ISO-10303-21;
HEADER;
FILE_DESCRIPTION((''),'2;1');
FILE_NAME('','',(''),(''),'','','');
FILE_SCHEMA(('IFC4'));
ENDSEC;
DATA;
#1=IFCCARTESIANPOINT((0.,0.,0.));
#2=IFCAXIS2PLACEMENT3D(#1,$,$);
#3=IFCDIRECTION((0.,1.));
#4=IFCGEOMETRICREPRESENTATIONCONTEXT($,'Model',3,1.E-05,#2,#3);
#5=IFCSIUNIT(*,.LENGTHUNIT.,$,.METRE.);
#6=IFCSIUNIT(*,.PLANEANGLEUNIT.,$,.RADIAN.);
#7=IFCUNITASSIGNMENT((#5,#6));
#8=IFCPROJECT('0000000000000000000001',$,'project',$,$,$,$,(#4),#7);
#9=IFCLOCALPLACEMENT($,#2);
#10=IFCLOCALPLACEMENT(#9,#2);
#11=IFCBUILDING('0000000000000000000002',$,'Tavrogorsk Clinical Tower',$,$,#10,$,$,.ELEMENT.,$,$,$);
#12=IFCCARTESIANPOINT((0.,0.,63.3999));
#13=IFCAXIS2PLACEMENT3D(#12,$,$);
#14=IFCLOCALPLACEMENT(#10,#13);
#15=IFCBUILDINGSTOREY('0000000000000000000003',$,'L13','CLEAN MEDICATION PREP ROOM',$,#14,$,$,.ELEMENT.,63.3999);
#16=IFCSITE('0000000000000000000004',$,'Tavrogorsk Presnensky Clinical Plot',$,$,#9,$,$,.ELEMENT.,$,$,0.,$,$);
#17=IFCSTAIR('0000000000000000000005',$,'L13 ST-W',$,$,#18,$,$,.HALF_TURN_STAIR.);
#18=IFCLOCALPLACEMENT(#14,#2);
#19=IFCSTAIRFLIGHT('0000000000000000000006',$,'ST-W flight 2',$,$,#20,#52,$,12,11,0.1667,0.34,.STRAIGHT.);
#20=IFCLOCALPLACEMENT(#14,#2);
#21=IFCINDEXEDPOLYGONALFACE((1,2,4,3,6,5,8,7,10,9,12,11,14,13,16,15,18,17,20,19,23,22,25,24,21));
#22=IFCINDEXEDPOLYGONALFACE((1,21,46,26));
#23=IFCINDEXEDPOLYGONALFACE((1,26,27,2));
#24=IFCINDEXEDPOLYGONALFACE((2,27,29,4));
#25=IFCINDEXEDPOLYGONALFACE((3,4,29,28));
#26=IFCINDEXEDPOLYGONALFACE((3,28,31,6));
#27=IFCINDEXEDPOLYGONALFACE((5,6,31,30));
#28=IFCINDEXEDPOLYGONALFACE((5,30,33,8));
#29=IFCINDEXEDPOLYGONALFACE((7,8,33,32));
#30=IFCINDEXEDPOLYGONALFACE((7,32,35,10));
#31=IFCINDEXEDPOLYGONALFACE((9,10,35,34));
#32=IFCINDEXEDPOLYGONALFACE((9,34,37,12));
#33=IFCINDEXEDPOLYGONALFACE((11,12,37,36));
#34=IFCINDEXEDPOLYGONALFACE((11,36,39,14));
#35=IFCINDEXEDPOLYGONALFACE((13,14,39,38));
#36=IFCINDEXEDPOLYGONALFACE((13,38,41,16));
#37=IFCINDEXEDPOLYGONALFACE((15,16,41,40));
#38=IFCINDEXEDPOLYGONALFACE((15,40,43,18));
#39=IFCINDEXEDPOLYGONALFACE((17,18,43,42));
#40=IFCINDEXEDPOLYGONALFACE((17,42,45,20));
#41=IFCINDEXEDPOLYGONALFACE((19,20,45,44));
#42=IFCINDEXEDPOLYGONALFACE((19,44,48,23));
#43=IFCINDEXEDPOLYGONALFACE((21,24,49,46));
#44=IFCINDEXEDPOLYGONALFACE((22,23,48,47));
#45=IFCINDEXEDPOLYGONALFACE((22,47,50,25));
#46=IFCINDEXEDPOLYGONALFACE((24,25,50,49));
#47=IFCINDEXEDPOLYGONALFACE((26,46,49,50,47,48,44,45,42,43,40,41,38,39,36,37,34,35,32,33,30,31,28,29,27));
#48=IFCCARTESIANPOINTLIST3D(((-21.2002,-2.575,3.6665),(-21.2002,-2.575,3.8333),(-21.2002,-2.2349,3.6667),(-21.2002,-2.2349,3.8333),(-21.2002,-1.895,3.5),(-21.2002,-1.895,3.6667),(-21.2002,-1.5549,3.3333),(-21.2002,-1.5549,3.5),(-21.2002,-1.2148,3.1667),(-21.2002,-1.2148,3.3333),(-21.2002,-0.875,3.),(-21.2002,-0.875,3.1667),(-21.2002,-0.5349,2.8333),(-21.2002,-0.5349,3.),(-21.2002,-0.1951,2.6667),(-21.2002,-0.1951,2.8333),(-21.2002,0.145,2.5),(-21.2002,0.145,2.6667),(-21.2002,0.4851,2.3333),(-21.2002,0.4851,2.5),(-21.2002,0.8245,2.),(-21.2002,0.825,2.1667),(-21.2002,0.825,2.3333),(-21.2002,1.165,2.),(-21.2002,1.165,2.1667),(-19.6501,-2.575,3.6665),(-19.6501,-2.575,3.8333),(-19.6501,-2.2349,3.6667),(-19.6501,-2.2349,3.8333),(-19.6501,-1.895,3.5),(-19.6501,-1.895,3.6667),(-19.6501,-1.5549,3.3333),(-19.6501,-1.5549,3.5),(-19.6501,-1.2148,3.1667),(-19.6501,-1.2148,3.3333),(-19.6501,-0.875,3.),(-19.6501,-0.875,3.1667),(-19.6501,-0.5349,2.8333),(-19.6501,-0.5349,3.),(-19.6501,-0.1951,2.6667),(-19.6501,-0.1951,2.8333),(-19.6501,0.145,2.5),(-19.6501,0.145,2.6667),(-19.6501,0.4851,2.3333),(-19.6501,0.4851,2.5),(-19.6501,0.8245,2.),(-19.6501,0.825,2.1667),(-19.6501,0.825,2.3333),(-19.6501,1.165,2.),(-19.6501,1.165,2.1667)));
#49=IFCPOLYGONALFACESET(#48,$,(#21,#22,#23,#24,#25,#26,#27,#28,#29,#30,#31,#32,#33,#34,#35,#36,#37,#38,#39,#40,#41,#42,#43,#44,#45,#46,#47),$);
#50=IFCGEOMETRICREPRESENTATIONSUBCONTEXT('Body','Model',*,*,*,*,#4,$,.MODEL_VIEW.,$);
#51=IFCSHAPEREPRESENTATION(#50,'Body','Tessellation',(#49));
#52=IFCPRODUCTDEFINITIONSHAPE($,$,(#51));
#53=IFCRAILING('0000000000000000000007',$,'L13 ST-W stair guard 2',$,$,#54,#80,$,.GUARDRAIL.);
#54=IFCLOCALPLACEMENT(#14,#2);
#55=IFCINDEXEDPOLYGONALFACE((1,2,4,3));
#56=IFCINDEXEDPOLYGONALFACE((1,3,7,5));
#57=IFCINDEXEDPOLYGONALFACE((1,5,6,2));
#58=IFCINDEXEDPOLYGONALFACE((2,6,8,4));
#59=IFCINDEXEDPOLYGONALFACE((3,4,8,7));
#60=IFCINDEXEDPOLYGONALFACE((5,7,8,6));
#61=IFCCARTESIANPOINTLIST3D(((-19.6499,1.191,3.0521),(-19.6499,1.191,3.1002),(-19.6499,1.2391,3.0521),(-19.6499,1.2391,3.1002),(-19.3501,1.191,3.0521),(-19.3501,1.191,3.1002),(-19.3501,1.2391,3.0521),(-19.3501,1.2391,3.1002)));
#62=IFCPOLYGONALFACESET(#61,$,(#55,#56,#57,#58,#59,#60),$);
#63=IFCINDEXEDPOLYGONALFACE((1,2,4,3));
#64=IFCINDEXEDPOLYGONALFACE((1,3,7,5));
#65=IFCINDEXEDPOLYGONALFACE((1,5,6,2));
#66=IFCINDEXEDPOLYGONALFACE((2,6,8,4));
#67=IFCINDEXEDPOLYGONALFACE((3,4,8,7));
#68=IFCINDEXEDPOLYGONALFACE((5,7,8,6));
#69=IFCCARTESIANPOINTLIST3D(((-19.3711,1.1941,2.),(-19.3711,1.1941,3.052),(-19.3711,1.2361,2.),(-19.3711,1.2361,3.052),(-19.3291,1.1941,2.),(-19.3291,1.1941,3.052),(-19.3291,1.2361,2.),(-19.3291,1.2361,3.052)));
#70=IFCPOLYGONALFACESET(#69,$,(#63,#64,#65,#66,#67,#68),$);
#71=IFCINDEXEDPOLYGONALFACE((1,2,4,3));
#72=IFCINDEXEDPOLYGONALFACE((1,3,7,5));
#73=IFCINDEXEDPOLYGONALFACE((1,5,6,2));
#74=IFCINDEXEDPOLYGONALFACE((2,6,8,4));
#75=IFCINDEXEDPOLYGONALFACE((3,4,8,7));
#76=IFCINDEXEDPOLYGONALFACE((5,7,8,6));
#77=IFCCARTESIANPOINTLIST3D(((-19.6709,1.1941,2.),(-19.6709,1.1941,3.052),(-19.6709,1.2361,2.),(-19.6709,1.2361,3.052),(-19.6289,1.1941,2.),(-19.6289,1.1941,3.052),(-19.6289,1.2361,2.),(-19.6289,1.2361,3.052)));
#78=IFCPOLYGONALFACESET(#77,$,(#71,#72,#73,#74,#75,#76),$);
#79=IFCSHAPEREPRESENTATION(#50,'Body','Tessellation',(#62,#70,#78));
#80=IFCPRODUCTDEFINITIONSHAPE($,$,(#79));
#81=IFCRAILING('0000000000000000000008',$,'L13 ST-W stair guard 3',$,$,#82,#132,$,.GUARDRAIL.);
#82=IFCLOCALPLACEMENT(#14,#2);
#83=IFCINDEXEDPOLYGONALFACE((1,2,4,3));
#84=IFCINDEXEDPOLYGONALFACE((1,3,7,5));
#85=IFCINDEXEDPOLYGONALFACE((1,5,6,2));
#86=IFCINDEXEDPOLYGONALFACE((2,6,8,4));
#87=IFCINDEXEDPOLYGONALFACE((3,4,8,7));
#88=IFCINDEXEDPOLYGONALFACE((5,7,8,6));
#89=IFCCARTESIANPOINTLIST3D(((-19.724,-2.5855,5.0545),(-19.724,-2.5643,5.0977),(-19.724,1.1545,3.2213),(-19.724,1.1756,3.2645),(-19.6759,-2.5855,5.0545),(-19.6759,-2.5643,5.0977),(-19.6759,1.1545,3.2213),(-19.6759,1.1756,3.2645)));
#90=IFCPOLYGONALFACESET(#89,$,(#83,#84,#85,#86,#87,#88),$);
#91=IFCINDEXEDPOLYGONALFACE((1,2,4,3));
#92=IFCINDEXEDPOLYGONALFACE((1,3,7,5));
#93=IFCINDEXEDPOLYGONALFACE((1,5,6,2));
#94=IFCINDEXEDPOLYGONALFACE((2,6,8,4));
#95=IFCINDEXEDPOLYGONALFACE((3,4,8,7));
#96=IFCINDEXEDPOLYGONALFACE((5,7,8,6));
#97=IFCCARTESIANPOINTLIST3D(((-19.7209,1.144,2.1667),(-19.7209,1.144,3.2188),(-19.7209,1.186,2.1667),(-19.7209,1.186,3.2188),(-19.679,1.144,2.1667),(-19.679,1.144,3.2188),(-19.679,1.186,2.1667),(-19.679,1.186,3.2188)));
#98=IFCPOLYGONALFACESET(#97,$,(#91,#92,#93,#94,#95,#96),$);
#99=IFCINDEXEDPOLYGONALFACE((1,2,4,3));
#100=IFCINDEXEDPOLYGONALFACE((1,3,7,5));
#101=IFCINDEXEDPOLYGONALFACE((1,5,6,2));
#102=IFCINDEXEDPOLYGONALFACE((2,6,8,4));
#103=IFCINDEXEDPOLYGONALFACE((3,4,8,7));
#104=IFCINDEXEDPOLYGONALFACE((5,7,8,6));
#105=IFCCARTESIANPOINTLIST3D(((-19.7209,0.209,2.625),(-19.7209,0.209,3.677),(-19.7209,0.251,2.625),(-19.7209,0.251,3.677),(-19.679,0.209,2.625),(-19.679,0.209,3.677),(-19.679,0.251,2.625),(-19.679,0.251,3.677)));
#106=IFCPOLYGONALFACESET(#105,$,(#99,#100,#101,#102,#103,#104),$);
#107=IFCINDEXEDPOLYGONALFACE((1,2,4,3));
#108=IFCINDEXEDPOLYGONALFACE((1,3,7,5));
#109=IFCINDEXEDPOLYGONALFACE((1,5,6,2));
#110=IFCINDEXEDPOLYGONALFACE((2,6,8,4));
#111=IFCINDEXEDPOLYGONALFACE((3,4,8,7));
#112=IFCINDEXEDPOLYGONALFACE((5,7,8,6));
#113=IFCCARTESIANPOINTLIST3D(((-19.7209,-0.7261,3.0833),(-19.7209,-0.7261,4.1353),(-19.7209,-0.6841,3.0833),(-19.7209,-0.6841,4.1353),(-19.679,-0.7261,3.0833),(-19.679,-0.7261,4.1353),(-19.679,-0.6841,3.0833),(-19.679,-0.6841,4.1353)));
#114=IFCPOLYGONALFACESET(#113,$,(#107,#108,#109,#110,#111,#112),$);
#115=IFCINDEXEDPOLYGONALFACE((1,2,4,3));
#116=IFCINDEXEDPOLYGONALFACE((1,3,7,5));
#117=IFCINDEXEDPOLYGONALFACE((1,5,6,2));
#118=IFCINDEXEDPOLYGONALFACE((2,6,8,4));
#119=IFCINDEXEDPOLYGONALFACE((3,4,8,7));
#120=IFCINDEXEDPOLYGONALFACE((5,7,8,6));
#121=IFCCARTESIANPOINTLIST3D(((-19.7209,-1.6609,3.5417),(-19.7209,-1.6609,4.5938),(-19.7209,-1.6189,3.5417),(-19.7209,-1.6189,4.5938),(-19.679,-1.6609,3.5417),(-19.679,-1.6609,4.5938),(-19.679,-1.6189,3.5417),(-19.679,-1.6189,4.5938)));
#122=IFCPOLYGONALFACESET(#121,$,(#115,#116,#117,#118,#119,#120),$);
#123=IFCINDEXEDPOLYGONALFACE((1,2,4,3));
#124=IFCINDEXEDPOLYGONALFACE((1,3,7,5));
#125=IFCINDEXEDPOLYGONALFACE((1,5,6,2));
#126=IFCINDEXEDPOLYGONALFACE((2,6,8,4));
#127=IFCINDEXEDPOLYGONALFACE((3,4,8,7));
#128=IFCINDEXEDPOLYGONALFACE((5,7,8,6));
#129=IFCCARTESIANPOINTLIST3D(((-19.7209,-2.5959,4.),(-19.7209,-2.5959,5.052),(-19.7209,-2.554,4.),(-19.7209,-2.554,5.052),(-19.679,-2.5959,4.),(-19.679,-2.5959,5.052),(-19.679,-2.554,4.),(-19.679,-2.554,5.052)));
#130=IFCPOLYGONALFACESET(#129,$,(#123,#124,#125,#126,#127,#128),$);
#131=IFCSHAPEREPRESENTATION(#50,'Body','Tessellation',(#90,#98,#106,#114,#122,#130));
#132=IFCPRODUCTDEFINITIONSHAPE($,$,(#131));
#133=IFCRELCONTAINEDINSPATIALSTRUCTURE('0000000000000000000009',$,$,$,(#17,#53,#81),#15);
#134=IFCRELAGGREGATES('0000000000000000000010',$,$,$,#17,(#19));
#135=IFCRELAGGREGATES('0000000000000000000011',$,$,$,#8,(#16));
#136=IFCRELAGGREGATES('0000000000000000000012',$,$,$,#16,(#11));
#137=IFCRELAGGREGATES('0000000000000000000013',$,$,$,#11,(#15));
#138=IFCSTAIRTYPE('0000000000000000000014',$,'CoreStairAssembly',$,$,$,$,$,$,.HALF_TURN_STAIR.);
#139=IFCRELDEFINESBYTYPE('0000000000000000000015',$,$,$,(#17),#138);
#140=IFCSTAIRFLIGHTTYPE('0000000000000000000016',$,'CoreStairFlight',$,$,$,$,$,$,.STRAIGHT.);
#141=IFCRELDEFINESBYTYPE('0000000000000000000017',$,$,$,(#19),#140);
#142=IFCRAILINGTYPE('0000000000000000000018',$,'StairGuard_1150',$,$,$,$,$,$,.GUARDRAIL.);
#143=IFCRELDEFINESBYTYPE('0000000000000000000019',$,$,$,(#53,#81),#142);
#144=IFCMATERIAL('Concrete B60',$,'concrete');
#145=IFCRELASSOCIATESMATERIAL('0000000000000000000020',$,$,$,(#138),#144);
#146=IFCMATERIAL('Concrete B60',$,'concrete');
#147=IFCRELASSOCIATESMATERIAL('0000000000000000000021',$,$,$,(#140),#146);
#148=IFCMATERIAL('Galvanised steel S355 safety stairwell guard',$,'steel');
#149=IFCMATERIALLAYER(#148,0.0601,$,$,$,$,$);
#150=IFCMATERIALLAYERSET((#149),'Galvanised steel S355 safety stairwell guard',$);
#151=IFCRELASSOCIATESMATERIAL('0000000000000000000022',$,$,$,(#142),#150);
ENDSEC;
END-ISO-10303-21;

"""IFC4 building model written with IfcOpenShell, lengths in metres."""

from ifc_helpers import new_model, si_unit, direction, frame, origin, origin_2d, place, context, subcontext, project, spatial, polyline, rectangle, outline, extrude, material, layer, layer_set, type_object, element, aggregate, save


model = new_model("IFC4")

# Units and contexts
model_context = context("Model", 3, precision=1e-05, world=origin(), true_north=direction((0.0, 1.0)))
body_context = subcontext(model_context, "Body", "Model", "MODEL_VIEW")
ifc_project = project(units=[si_unit("LENGTHUNIT", "METRE"), si_unit("PLANEANGLEUNIT", "RADIAN")], contexts=[model_context])

# Site, building, storey
site_placement = place(None, origin())
site = spatial("IfcSite", under=ifc_project, at=site_placement, Name="Tavrogorsk Presnensky Clinical Plot", CompositionType="ELEMENT", RefElevation=0.0)
building_placement = place(site_placement, origin())
building = spatial("IfcBuilding", under=site, at=building_placement, Name="Tavrogorsk Clinical Tower", CompositionType="ELEMENT")
storey_placement = place(building_placement, frame((0.0, 0.0, 63.3999)))
storey = spatial("IfcBuildingStorey", under=building, at=storey_placement, Name="L13", Description="CLEAN MEDICATION PREP ROOM", CompositionType="ELEMENT", Elevation=63.3999)

# Stair, stair flight
ifc_material_1 = material(Name="Concrete B60", Category="concrete")
stair_type = type_object("IfcStairType", Name="CoreStairAssembly", PredefinedType="HALF_TURN_STAIR", material=ifc_material_1)
stair_placement = place(storey_placement, origin())
stair = element("IfcStair", 1, at=stair_placement, inside=storey, type_object=stair_type, Name="L13 ST-W", PredefinedType="HALF_TURN_STAIR")
ifc_material_2 = material(Name="Concrete B60", Category="concrete")
stair_flight_type = type_object("IfcStairFlightType", Name="CoreStairFlight", PredefinedType="STRAIGHT", material=ifc_material_2)
stair_flight_placement = place(storey_placement, frame((-20.425, 1.165, 2.0), z_axis=(0.0, 0.0, 1.0), x_axis=(0.0, -1.0, 0.0)))
stair_flight = element("IfcStairFlight", 2, at=stair_flight_placement, type_object=stair_flight_type, Name="ST-W flight 2", NumberOfRisers=12, NumberOfTreads=11, PredefinedType="STRAIGHT", RiserHeight=0.1667, TreadLength=0.34, context=body_context, shape_type="SweptSolid", body=[
    extrude(outline(polyline([(0.0, 0.0), (0.0, 0.1667), (0.3401, 0.1667), (0.3401, 0.3333), (0.6799, 0.3333), (0.6799, 0.5), (1.02, 0.5), (1.02, 0.6667), (1.3601, 0.6667), (1.3601, 0.8333), (1.7, 0.8333), (1.7, 1.0), (2.04, 1.0), (2.04, 1.1667), (2.3799, 1.1667), (2.3799, 1.3333), (2.72, 1.3333), (2.72, 1.5), (3.0601, 1.5), (3.0601, 1.6667), (3.3999, 1.6667), (3.3999, 1.8333), (3.74, 1.8333), (3.74, 2.0), (3.74, 1.6665), (0.3406, 0.0), (0.0, 0.0)])), frame((0.0, 0.7749, 0.0), z_axis=(0.0, -1.0, 0.0), x_axis=(1.0, 0.0, 0.0)), (0.0, 0.0, 1.0), 1.55),
])
aggregate(stair, [stair_flight])

# Railings
ifc_material_3 = material(Name="Galvanised steel S355 safety stairwell guard", Category="steel")
ifc_layer_1 = layer(ifc_material_3, 0.0601)
ifc_layer_set_1 = layer_set([ifc_layer_1], Name="Galvanised steel S355 safety stairwell guard")
railing_type = type_object("IfcRailingType", Name="StairGuard_1150", PredefinedType="GUARDRAIL", material=ifc_layer_set_1)
railing_1_placement = place(storey_placement, frame((-19.3501, 1.2151, 2.0)))
element("IfcRailing", 3, at=railing_1_placement, inside=storey, type_object=railing_type, Name="L13 ST-W stair guard 2", PredefinedType="GUARDRAIL", context=body_context, shape_type="SweptSolid", body=[
    extrude(rectangle(XDim=0.0481, YDim=0.0481, at=origin_2d()), frame((0.0, 0.0, 1.0762), z_axis=(-1.0, 0.0, 0.0), x_axis=(0.0, -1.0, 0.0)), (0.0, 0.0, 1.0), 0.2998),
    extrude(rectangle(XDim=0.042, YDim=0.042, at=origin_2d()), origin(), (0.0, 0.0, 1.0), 1.052),
    extrude(rectangle(XDim=0.042, YDim=0.042, at=origin_2d()), frame((-0.2998, 0.0, 0.0)), (0.0, 0.0, 1.0), 1.052),
])
railing_2_placement = place(storey_placement, frame((-19.7, 1.165, 2.1667)))
element("IfcRailing", 4, at=railing_2_placement, inside=storey, type_object=railing_type, Name="L13 ST-W stair guard 3", PredefinedType="GUARDRAIL", context=body_context, shape_type="SweptSolid", body=[
    extrude(rectangle(XDim=0.0481, YDim=0.0481, at=origin_2d()), frame((0.0, 0.0, 1.0762), z_axis=(0.0, -0.897928, 0.440142), x_axis=(1.0, 0.0, 0.0)), (0.0, 0.0, 1.0), 4.165),
    extrude(rectangle(XDim=0.042, YDim=0.042, at=origin_2d()), origin(), (0.0, 0.0, 1.0), 1.052),
    extrude(rectangle(XDim=0.042, YDim=0.042, at=origin_2d()), frame((0.0, -0.9351, 0.4583)), (0.0, 0.0, 1.0), 1.052),
    extrude(rectangle(XDim=0.042, YDim=0.042, at=origin_2d()), frame((0.0, -1.8701, 0.9165)), (0.0, 0.0, 1.0), 1.052),
    extrude(rectangle(XDim=0.042, YDim=0.042, at=origin_2d()), frame((0.0, -2.8049, 1.375)), (0.0, 0.0, 1.0), 1.052),
    extrude(rectangle(XDim=0.042, YDim=0.042, at=origin_2d()), frame((0.0, -3.74, 1.8333)), (0.0, 0.0, 1.0), 1.052),
])

save(model, "model.ifc")
